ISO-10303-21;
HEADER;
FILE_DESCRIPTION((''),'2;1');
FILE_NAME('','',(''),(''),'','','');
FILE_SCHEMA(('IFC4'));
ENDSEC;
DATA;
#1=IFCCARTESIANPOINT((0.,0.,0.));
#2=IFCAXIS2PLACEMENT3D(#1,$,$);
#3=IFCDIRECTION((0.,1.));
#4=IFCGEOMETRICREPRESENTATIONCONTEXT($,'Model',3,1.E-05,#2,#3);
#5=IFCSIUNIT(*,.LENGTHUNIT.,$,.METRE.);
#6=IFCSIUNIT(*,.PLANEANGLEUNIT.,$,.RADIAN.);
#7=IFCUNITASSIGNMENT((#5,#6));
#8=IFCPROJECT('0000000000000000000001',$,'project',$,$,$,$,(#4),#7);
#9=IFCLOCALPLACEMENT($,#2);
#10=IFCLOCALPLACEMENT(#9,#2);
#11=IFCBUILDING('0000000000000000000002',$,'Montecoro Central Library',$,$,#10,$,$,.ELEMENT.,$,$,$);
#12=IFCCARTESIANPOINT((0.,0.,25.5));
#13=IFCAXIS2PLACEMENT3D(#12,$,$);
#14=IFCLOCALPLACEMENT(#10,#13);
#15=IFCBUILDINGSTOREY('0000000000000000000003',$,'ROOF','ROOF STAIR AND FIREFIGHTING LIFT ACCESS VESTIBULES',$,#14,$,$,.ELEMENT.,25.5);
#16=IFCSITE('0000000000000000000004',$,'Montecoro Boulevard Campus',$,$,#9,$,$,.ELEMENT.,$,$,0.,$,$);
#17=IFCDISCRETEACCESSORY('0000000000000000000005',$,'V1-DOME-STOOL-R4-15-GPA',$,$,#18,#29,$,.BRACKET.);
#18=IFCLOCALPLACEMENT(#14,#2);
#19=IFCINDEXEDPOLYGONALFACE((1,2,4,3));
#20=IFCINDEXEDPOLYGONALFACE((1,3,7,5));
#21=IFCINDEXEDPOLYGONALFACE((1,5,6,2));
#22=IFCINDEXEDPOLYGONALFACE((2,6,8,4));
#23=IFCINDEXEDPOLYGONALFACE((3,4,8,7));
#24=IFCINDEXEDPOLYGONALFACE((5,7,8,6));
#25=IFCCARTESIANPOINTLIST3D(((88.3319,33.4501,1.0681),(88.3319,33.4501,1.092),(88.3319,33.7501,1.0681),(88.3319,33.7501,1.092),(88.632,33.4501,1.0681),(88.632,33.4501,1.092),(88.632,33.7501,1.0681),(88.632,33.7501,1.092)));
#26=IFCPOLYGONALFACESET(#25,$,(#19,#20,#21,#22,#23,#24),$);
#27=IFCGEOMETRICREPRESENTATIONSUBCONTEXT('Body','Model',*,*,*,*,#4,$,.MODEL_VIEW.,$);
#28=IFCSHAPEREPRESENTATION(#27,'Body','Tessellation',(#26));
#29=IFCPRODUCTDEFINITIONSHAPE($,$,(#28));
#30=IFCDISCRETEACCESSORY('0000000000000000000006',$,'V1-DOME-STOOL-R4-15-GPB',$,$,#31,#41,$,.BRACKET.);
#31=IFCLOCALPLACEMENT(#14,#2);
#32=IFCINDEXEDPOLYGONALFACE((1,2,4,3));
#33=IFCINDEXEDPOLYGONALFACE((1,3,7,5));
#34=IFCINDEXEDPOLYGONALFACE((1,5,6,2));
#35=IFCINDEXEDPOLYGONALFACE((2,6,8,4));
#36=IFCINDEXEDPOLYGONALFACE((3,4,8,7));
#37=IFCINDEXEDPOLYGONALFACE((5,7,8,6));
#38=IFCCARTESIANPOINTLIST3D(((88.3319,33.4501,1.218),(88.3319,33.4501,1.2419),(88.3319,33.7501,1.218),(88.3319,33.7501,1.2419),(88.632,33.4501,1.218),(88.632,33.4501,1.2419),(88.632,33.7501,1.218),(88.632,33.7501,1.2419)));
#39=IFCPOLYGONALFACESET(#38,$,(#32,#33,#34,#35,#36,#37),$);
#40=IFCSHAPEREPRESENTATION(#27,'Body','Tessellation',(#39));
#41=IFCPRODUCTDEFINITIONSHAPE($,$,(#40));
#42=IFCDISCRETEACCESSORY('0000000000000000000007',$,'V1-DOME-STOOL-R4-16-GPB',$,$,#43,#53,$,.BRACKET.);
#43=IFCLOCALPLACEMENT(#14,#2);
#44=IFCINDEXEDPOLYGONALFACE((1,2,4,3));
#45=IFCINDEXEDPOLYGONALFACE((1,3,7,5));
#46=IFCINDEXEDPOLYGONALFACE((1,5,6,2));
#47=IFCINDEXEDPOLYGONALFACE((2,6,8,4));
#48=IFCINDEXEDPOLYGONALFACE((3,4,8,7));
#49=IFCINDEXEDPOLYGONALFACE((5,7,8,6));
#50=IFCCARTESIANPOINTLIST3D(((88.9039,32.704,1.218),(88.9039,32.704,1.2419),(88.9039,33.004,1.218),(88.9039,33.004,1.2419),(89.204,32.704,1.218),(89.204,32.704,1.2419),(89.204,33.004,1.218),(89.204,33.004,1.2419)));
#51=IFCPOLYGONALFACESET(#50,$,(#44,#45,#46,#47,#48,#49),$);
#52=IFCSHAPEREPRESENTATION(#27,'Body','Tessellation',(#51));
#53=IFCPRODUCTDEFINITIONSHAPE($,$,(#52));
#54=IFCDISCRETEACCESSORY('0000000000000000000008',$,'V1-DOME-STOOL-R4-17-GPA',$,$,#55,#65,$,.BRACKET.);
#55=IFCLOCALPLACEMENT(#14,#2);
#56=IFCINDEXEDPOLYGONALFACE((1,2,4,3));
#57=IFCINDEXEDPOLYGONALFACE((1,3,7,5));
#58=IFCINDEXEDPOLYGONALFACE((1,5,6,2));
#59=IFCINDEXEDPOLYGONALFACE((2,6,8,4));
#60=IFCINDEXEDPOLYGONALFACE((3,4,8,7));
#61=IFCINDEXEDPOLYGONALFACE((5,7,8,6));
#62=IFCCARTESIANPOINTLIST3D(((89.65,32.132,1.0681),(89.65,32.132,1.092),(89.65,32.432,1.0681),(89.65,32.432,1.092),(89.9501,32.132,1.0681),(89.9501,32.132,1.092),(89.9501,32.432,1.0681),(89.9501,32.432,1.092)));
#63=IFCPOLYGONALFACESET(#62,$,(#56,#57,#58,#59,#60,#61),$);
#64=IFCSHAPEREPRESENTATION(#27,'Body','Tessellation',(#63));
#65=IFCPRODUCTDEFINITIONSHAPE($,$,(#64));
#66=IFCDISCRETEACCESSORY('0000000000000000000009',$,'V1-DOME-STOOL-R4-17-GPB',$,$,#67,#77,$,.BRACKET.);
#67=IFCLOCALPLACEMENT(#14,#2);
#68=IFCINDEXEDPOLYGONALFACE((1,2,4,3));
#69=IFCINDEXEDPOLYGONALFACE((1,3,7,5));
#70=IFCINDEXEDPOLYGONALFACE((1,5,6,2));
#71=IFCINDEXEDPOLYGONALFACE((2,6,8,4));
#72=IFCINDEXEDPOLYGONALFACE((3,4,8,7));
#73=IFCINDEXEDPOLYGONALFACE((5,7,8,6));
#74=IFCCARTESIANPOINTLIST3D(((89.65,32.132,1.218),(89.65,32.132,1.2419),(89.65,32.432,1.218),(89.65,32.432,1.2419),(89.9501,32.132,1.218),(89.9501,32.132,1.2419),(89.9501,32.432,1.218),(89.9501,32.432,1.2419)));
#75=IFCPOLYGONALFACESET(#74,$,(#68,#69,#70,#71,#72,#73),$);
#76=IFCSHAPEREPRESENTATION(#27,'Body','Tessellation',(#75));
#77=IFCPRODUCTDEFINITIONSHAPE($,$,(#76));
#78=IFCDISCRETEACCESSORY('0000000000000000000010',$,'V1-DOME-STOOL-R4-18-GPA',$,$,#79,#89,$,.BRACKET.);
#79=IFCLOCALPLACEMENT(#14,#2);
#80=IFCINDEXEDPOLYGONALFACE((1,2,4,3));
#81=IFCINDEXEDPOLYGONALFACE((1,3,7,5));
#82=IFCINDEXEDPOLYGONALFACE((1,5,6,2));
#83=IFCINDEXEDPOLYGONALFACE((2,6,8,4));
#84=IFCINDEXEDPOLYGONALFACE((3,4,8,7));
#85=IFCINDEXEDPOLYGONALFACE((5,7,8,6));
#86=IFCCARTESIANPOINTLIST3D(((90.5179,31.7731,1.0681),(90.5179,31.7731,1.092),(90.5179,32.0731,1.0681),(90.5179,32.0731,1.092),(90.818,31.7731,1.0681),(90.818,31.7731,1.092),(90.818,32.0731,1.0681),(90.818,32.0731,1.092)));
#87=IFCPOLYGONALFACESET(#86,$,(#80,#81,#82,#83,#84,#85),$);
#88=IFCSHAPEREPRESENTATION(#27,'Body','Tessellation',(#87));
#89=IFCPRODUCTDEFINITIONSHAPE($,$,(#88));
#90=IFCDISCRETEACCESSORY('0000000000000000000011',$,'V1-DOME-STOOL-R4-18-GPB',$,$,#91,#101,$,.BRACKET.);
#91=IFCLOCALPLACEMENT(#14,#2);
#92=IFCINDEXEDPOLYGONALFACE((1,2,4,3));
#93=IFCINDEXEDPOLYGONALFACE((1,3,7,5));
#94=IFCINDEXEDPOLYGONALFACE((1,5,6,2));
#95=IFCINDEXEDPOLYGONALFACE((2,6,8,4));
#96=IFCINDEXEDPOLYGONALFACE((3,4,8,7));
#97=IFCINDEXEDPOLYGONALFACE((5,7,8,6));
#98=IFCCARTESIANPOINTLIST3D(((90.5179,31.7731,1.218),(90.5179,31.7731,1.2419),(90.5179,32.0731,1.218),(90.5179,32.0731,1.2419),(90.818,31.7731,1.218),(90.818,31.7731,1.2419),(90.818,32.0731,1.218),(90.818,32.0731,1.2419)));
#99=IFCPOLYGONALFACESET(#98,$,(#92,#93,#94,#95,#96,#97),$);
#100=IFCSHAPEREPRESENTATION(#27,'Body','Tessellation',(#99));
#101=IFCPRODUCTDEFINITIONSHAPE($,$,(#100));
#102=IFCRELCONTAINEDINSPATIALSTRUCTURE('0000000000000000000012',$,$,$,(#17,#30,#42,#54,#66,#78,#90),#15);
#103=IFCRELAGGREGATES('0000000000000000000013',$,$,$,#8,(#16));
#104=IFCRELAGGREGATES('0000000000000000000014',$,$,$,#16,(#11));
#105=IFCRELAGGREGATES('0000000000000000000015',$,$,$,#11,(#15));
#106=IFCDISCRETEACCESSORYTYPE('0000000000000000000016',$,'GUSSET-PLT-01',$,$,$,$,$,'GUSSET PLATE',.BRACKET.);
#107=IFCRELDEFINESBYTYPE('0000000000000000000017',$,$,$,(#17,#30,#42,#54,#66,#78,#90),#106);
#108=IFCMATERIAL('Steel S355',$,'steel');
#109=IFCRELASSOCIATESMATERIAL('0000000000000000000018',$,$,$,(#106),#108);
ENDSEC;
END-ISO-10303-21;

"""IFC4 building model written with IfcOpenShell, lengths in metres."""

from ifc_helpers import new_model, si_unit, direction, frame, origin, origin_2d, place, context, subcontext, project, spatial, rectangle, extrude, material, type_object, element, save


model = new_model("IFC4")

# Units and contexts
model_context = context("Model", 3, precision=1e-05, world=origin(), true_north=direction((0.0, 1.0)))
body_context = subcontext(model_context, "Body", "Model", "MODEL_VIEW")
ifc_project = project(units=[si_unit("LENGTHUNIT", "METRE"), si_unit("PLANEANGLEUNIT", "RADIAN")], contexts=[model_context])

# Site, building, storey
site_placement = place(None, origin())
site = spatial("IfcSite", under=ifc_project, at=site_placement, Name="Montecoro Boulevard Campus", CompositionType="ELEMENT", RefElevation=0.0)
building_placement = place(site_placement, origin())
building = spatial("IfcBuilding", under=site, at=building_placement, Name="Montecoro Central Library", CompositionType="ELEMENT")
storey_placement = place(building_placement, frame((0.0, 0.0, 25.5)))
storey = spatial("IfcBuildingStorey", under=building, at=storey_placement, Name="ROOF", Description="ROOF STAIR AND FIREFIGHTING LIFT ACCESS VESTIBULES", CompositionType="ELEMENT", Elevation=25.5)

# Shared definitions
ifc_material_1 = material(Name="Steel S355", Category="steel")

# Discrete accessories
discrete_accessory_type = type_object("IfcDiscreteAccessoryType", Name="GUSSET-PLT-01", ElementType="GUSSET PLATE", PredefinedType="BRACKET", material=ifc_material_1)
for number, where, z_axis, x_axis, name in (
    (1, (88.4819, 33.6001, 1.0681), (0.0, 0.0, 1.0), (1.0, 0.0, 0.0), "V1-DOME-STOOL-R4-15-GPA"),
    (2, (88.4819, 33.6001, 1.218), (0.0, 0.0, 1.0), (1.0, 0.0, 0.0), "V1-DOME-STOOL-R4-15-GPB"),
    (3, (89.054, 32.854, 1.218), (0.0, 0.0, 1.0), (1.0, 0.0, 0.0), "V1-DOME-STOOL-R4-16-GPB"),
    (4, (89.8, 32.282, 1.0681), (0.0, 0.0, 1.0), (1.0, 0.0, 0.0), "V1-DOME-STOOL-R4-17-GPA"),
    (5, (89.8, 32.282, 1.218), (0.0, 0.0, 1.0), (1.0, 0.0, 0.0), "V1-DOME-STOOL-R4-17-GPB"),
    (6, (90.668, 31.9231, 1.0681), (0.0, 0.0, 1.0), (1.0, 0.0, 0.0), "V1-DOME-STOOL-R4-18-GPA"),
    (7, (90.668, 31.9231, 1.218), (0.0, 0.0, 1.0), (1.0, 0.0, 0.0), "V1-DOME-STOOL-R4-18-GPB"),
):
    element("IfcDiscreteAccessory", number, at=place(storey_placement, frame(where, z_axis=z_axis, x_axis=x_axis)), inside=storey, type_object=discrete_accessory_type, Name=name, PredefinedType="BRACKET", context=body_context, shape_type="SweptSolid", body=[
        extrude(rectangle(XDim=0.3, YDim=0.3, at=origin_2d()), origin(), (0.0, 0.0, 1.0), 0.0239),
    ])

save(model, "model.ifc")
